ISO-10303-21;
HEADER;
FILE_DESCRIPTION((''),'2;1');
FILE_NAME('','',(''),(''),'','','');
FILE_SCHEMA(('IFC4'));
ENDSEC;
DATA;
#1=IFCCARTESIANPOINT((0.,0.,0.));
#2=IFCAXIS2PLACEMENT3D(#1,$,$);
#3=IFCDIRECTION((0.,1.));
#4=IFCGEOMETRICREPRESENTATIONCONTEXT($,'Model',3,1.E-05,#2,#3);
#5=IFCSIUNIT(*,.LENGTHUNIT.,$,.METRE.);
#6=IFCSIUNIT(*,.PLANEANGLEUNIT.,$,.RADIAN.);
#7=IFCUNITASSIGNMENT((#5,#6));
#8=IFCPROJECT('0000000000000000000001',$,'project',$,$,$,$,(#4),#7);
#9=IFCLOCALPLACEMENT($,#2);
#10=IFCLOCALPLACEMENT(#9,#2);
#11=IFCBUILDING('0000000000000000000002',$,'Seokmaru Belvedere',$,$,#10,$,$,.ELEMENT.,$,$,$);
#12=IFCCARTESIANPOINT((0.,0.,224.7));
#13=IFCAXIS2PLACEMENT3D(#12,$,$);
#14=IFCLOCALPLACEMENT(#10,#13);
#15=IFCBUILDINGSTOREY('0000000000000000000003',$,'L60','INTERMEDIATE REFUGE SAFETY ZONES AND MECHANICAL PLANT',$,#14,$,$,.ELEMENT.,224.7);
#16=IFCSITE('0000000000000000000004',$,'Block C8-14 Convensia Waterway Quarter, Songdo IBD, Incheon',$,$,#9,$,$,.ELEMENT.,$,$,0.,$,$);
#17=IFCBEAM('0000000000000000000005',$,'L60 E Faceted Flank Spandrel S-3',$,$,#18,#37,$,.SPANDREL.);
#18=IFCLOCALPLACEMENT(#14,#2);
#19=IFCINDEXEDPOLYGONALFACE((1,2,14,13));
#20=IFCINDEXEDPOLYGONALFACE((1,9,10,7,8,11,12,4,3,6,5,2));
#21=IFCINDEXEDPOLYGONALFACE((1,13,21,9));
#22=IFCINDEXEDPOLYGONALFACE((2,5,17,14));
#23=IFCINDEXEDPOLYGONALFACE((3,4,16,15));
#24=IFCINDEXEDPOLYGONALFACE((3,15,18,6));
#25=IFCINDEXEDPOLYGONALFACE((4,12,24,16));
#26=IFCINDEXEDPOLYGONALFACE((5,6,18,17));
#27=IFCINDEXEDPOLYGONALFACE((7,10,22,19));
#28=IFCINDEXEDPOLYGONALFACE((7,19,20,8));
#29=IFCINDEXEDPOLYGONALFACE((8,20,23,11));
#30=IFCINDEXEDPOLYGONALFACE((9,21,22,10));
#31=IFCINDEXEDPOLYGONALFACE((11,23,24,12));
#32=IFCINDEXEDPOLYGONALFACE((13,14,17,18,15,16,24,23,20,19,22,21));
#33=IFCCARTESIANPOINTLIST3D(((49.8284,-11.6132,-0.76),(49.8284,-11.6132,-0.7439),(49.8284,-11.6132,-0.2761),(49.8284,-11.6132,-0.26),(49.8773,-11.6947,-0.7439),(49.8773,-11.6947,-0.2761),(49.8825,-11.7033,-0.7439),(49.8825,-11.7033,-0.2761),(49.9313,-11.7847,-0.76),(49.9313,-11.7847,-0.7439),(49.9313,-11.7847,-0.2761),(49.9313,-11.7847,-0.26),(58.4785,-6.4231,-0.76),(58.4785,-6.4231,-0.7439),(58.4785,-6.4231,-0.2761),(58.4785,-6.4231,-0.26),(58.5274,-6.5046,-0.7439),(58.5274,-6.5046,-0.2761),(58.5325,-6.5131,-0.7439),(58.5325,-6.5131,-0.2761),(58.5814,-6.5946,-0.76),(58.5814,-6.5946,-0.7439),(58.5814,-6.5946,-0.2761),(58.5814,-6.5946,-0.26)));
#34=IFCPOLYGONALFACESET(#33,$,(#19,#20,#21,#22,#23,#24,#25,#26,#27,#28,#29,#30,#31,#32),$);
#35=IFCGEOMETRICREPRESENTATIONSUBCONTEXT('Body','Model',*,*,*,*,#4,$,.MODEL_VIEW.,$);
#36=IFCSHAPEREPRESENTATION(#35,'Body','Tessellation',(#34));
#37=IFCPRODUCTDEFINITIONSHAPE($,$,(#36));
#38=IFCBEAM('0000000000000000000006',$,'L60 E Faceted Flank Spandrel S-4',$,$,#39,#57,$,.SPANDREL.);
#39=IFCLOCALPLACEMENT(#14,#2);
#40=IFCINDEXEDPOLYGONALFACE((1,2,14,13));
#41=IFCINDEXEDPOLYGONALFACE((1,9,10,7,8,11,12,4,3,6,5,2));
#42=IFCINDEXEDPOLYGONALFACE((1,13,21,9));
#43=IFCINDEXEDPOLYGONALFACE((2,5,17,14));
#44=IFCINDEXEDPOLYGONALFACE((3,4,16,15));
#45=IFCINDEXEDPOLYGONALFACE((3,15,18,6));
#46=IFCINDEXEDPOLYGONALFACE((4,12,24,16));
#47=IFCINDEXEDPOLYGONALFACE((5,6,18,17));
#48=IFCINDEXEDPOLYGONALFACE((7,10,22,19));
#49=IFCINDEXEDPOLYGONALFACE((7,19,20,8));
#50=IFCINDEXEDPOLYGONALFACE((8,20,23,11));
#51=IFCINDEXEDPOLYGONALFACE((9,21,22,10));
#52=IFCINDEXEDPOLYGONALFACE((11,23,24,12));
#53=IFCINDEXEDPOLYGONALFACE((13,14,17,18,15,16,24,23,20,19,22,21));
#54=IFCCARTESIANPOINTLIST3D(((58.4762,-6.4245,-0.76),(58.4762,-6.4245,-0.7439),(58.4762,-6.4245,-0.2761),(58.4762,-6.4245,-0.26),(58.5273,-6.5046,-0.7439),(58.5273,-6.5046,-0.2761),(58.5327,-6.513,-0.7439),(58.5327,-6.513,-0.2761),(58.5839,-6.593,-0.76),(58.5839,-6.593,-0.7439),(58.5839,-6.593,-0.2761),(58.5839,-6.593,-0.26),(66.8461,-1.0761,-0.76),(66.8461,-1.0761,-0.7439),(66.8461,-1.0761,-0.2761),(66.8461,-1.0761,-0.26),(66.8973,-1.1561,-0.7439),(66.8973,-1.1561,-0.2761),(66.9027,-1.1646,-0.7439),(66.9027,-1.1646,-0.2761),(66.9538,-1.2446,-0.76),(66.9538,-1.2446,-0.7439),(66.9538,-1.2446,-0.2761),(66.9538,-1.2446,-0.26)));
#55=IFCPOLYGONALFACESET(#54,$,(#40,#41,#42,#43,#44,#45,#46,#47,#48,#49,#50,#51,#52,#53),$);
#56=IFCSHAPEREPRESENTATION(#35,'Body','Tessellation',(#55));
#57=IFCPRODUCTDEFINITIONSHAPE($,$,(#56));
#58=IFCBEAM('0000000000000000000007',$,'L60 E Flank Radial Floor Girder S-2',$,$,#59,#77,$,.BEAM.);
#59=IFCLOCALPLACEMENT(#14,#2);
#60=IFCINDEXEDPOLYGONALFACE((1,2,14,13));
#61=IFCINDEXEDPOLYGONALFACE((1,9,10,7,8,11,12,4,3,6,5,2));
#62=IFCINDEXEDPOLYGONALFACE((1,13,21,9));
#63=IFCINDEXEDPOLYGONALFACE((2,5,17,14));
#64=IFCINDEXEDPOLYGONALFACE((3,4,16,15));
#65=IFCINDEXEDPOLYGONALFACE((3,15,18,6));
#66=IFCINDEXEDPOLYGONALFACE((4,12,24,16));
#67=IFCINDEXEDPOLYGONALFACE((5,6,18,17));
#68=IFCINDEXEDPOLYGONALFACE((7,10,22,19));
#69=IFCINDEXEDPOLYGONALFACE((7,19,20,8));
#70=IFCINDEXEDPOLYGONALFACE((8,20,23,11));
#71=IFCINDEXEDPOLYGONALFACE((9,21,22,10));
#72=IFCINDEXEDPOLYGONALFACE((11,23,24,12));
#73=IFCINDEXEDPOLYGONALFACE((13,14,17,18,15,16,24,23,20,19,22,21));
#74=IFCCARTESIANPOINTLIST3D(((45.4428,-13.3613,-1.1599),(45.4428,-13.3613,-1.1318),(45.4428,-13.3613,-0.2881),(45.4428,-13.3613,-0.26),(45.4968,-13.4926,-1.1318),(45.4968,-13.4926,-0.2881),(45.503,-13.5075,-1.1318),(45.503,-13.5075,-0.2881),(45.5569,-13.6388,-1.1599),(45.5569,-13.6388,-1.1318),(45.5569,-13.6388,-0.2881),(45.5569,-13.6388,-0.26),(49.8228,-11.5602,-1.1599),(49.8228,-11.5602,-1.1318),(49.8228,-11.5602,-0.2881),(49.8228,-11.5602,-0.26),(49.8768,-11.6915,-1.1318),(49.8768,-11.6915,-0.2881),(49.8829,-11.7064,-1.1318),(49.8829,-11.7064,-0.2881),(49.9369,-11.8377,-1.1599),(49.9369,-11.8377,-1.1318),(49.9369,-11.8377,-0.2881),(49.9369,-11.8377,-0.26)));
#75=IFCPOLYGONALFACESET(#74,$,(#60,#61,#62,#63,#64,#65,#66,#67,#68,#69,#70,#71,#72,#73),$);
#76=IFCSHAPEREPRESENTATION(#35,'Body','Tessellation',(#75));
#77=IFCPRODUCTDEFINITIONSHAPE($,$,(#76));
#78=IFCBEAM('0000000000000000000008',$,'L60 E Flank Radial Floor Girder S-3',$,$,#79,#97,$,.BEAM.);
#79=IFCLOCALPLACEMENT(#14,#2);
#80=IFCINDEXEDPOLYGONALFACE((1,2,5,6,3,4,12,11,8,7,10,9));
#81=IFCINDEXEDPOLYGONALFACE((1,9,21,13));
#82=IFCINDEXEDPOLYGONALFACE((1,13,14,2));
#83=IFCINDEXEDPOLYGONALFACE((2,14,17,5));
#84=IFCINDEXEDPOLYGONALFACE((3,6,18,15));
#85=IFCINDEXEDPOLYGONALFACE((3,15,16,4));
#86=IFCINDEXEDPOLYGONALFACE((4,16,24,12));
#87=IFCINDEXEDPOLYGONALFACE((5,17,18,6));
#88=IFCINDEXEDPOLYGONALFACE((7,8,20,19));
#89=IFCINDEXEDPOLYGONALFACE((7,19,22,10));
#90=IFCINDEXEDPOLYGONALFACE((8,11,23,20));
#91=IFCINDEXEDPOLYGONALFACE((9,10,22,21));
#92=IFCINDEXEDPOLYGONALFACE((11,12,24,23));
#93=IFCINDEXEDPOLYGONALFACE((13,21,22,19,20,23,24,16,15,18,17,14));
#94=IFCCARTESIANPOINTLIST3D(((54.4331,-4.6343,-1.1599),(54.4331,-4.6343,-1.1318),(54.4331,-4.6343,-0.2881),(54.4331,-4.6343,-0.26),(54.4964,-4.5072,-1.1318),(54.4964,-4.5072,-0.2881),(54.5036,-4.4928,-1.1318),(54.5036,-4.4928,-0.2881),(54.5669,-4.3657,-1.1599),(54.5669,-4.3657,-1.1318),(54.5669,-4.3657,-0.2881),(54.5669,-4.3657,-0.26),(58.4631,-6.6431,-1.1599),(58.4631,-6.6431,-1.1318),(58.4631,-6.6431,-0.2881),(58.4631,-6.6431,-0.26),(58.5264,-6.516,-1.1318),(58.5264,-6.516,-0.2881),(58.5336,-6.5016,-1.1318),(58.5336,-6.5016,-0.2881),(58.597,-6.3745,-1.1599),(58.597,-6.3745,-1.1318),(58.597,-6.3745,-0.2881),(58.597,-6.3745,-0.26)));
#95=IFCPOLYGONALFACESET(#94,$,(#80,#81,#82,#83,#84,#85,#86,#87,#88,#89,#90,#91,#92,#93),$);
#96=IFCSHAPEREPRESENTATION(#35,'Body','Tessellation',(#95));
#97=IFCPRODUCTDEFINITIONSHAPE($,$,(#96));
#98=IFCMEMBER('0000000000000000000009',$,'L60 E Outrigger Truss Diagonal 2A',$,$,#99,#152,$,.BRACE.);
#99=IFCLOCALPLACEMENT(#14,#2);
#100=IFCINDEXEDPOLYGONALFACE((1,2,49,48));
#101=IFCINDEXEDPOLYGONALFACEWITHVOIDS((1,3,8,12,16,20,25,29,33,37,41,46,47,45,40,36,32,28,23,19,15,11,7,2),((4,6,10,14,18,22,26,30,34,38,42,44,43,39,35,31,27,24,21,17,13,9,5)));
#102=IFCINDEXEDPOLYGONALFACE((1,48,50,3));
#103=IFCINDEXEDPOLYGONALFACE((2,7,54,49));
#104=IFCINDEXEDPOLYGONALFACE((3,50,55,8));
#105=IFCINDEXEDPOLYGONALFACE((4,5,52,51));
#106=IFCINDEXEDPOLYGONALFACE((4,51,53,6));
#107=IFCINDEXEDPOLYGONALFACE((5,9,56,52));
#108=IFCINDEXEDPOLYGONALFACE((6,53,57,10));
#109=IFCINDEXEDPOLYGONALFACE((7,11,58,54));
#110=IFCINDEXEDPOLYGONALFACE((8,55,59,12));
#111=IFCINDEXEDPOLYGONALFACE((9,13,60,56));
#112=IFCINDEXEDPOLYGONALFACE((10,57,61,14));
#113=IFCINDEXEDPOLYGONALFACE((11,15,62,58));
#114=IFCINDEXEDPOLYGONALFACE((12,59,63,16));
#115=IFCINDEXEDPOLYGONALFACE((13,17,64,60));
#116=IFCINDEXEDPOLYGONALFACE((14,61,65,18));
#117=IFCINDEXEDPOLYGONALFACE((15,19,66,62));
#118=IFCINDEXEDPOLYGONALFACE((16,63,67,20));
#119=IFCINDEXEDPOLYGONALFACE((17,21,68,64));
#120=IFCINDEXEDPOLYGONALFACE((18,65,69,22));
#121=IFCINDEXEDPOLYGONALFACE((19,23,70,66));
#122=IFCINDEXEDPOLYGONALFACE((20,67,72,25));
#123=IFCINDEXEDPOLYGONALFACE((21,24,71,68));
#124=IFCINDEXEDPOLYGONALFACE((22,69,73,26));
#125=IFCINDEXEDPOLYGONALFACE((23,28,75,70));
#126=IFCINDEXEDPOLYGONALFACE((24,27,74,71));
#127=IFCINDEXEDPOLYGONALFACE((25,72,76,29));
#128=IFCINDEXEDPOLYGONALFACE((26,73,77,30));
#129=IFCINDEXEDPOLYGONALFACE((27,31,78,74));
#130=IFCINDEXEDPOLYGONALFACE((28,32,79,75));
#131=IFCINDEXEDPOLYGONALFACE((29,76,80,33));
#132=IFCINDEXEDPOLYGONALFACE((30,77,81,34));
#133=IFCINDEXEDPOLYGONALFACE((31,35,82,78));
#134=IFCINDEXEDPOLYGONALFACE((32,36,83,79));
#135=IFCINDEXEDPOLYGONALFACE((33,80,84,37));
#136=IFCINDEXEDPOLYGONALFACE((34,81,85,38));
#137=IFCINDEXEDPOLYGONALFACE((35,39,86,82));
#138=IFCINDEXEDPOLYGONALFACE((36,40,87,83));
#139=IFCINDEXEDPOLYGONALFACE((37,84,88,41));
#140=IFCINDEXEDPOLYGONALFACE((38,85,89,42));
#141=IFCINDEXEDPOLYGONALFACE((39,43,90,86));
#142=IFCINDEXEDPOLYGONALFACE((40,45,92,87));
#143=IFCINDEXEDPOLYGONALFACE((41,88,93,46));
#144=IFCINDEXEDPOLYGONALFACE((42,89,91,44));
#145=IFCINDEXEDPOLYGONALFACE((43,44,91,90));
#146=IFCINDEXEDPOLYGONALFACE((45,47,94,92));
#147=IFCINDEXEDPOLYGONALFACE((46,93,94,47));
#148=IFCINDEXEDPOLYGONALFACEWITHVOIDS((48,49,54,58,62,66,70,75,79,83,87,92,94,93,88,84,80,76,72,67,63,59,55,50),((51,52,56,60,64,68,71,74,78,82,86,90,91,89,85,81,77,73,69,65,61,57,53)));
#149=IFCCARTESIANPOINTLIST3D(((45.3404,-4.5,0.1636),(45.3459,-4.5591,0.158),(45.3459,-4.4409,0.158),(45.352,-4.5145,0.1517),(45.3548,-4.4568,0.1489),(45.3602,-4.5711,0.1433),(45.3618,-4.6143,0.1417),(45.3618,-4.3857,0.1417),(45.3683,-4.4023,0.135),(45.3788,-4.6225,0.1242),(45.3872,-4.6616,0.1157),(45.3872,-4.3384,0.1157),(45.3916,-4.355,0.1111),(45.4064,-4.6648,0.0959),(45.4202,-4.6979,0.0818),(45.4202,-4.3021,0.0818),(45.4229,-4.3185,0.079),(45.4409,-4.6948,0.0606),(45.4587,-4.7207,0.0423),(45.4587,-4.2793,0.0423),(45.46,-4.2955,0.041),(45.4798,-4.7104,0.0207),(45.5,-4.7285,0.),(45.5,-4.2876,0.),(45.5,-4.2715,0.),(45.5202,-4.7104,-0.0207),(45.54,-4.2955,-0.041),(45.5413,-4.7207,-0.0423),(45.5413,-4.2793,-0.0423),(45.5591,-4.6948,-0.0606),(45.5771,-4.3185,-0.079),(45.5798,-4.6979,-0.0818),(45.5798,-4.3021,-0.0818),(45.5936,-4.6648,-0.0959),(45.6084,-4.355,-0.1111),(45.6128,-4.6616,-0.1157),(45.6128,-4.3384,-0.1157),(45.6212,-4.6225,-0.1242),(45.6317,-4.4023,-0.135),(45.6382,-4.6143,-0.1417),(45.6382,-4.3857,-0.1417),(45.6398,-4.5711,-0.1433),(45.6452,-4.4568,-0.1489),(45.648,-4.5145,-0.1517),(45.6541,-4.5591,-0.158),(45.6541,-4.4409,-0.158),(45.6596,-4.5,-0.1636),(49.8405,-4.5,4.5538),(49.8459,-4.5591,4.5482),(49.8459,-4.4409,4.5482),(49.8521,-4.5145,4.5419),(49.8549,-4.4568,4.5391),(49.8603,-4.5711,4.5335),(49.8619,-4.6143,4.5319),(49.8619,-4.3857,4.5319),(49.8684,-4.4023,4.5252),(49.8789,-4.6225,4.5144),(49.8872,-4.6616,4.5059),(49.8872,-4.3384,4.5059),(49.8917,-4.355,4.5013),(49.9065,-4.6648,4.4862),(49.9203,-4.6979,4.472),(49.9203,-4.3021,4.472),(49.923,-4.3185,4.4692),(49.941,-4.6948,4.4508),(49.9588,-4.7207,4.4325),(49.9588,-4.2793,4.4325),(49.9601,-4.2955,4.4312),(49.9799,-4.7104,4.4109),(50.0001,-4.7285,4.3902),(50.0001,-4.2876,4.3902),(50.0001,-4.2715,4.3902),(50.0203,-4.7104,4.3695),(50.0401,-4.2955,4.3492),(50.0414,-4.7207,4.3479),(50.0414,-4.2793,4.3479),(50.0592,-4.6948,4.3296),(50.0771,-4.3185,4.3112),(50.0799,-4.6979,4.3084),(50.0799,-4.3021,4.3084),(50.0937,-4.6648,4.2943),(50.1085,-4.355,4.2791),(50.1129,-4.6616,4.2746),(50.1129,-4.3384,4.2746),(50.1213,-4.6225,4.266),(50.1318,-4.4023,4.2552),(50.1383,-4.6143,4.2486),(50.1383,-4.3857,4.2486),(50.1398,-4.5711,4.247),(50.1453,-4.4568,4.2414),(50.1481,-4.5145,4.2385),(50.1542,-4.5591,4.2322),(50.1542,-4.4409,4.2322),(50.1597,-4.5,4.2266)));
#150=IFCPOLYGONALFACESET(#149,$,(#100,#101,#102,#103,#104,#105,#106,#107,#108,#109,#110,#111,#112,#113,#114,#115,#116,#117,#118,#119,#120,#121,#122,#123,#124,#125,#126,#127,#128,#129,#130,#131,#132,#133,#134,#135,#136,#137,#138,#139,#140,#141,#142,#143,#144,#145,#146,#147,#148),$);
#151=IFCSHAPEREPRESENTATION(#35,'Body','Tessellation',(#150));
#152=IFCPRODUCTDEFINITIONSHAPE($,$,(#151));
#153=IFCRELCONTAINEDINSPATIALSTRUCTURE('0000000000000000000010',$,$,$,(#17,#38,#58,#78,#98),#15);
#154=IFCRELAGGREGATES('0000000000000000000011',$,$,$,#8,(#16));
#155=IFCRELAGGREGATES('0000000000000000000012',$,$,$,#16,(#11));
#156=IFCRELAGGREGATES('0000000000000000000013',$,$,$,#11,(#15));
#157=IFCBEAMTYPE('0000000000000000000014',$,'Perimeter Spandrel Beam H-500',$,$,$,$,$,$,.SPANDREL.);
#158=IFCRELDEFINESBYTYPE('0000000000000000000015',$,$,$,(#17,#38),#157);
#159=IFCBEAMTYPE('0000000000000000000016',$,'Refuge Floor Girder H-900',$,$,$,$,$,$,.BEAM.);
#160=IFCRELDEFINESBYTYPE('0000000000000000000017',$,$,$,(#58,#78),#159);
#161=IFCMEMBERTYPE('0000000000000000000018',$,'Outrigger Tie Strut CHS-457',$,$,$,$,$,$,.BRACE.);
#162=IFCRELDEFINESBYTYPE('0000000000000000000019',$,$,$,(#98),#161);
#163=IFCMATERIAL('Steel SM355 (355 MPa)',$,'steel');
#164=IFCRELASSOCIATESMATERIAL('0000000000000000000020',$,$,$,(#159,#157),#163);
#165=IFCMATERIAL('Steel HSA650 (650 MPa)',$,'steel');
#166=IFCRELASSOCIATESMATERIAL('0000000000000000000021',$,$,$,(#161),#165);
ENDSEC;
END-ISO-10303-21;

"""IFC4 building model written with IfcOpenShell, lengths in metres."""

from ifc_helpers import new_model, si_unit, direction, frame, origin, origin_2d, place, context, subcontext, project, spatial, hollow_circle, i_section, extrude, source, transform, mapped, material, material_profile, profile_set, type_object, type_shapes, element, save


model = new_model("IFC4")

# Units and contexts
model_context = context("Model", 3, precision=1e-05, world=origin(), true_north=direction((0.0, 1.0)))
body_context = subcontext(model_context, "Body", "Model", "MODEL_VIEW")
ifc_project = project(units=[si_unit("LENGTHUNIT", "METRE"), si_unit("PLANEANGLEUNIT", "RADIAN")], contexts=[model_context])

# Site, building, storey
site_placement = place(None, origin())
site = spatial("IfcSite", under=ifc_project, at=site_placement, Name="Block C8-14 Convensia Waterway Quarter, Songdo IBD, Incheon", CompositionType="ELEMENT", RefElevation=0.0)
building_placement = place(site_placement, origin())
building = spatial("IfcBuilding", under=site, at=building_placement, Name="Seokmaru Belvedere", CompositionType="ELEMENT")
storey_placement = place(building_placement, frame((0.0, 0.0, 224.7)))
storey = spatial("IfcBuildingStorey", under=building, at=storey_placement, Name="L60", Description="INTERMEDIATE REFUGE SAFETY ZONES AND MECHANICAL PLANT", CompositionType="ELEMENT", Elevation=224.7)

# Shared definitions
ifc_material_1 = material(Name="Steel SM355 (355 MPa)", Category="steel")

# Beams
ifc_material_profile_1 = material_profile(ifc_material_1, i_section(OverallWidth=0.3, OverallDepth=0.8999, WebThickness=0.0161, FlangeThickness=0.0281, at=origin_2d()), Name="H-900x300x16x28")
ifc_profile_set_1 = profile_set([ifc_material_profile_1], Name="Steel SM355 (355 MPa)")
beam_type_1 = type_object("IfcBeamType", Name="Refuge Floor Girder H-900", PredefinedType="BEAM", material=ifc_profile_set_1)
ifc_material_profile_2 = material_profile(ifc_material_1, i_section(OverallWidth=0.2, OverallDepth=0.5, WebThickness=0.01, FlangeThickness=0.0161, at=origin_2d()), Name="H-500x200x10x16")
ifc_profile_set_2 = profile_set([ifc_material_profile_2], Name="Steel SM355 (355 MPa)")
beam_type_2 = type_object("IfcBeamType", Name="Perimeter Spandrel Beam H-500", PredefinedType="SPANDREL", material=ifc_profile_set_2)
shared_shape_1 = source(origin(), body_context, "Body", "SweptSolid", [
    extrude(i_section(OverallWidth=0.2, OverallDepth=0.5, WebThickness=0.01, FlangeThickness=0.0161, at=origin_2d()), origin(), (0.0, 0.0, 1.0), 10.0876),
])
beam_1_placement = place(storey_placement, frame((49.8799, -11.699, -0.51), z_axis=(0.857489, 0.514503, 0.0), x_axis=(-0.514503, 0.857489, 0.0)))
element("IfcBeam", 1, at=beam_1_placement, inside=storey, type_object=beam_type_2, Name="L60 E Faceted Flank Spandrel S-3", PredefinedType="SPANDREL", context=body_context, shape_type="MappedRepresentation", body=[
    mapped(shared_shape_1, transform((0.0, 0.0, 0.0), scale=1.0)),
])
shared_shape_2 = source(origin(), body_context, "Body", "SweptSolid", [
    extrude(i_section(OverallWidth=0.2, OverallDepth=0.5, WebThickness=0.01, FlangeThickness=0.0161, at=origin_2d()), origin(), (0.0, 0.0, 1.0), 9.9329),
])
type_shapes(beam_type_2, [shared_shape_1, shared_shape_2])
beam_2_placement = place(storey_placement, frame((58.53, -6.5088, -0.51), z_axis=(0.842652, 0.538459, 0.0), x_axis=(-0.538459, 0.842652, 0.0)))
element("IfcBeam", 2, at=beam_2_placement, inside=storey, type_object=beam_type_2, Name="L60 E Faceted Flank Spandrel S-4", PredefinedType="SPANDREL", context=body_context, shape_type="MappedRepresentation", body=[
    mapped(shared_shape_2, transform((0.0, 0.0, 0.0), scale=1.0)),
])
shared_shape_3 = source(origin(), body_context, "Body", "SweptSolid", [
    extrude(i_section(OverallWidth=0.3, OverallDepth=0.8999, WebThickness=0.0161, FlangeThickness=0.0281, at=origin_2d()), origin(), (0.0, 0.0, 1.0), 4.7358),
])
beam_3_placement = place(storey_placement, frame((49.8799, -11.699, -0.71), z_axis=(-0.924861, -0.380306, 0.0), x_axis=(0.380306, -0.924861, 0.0)))
element("IfcBeam", 3, at=beam_3_placement, inside=storey, type_object=beam_type_1, Name="L60 E Flank Radial Floor Girder S-2", PredefinedType="BEAM", context=body_context, shape_type="MappedRepresentation", body=[
    mapped(shared_shape_3, transform((0.0, 0.0, 0.0), scale=1.0)),
])
shared_shape_4 = source(origin(), body_context, "Body", "SweptSolid", [
    extrude(i_section(OverallWidth=0.3, OverallDepth=0.8999, WebThickness=0.0161, FlangeThickness=0.0281, at=origin_2d()), origin(), (0.0, 0.0, 1.0), 4.5029),
])
beam_4_placement = place(storey_placement, frame((58.53, -6.5088, -0.71), z_axis=(-0.89498, 0.446107, 0.0), x_axis=(-0.446107, -0.89498, 0.0)))
element("IfcBeam", 4, at=beam_4_placement, inside=storey, type_object=beam_type_1, Name="L60 E Flank Radial Floor Girder S-3", PredefinedType="BEAM", context=body_context, shape_type="MappedRepresentation", body=[
    mapped(shared_shape_4, transform((0.0, 0.0, 0.0), scale=1.0)),
])

# Member
ifc_material_2 = material(Name="Steel HSA650 (650 MPa)", Category="steel")
ifc_material_profile_3 = material_profile(ifc_material_2, hollow_circle(Radius=0.2285, WallThickness=0.0161, at=origin_2d()), Name="CHS-457.2x16.0")
ifc_profile_set_3 = profile_set([ifc_material_profile_3], Name="Steel HSA650 (650 MPa)")
member_type_1 = type_object("IfcMemberType", Name="Outrigger Tie Strut CHS-457", PredefinedType="BRACE", material=ifc_profile_set_3)
shared_shape_5 = source(origin(), body_context, "Body", "SweptSolid", [
    extrude(hollow_circle(Radius=0.2285, WallThickness=0.0161, at=origin_2d()), origin(), (0.0, 0.0, 1.0), 6.2869),
])
type_shapes(member_type_1, [shared_shape_5])
for number, where, z_axis, x_axis, name in (
    (5, (45.5, -4.5, 0.0), (0.71579, 0.0, 0.698315), (0.0, 1.0, 0.0), "L60 E Outrigger Truss Diagonal 2A"),
):
    element("IfcMember", number, at=place(storey_placement, frame(where, z_axis=z_axis, x_axis=x_axis)), inside=storey, type_object=member_type_1, Name=name, PredefinedType="BRACE", context=body_context, shape_type="MappedRepresentation", body=[
        mapped(shared_shape_5, transform((0.0, 0.0, 0.0), scale=1.0)),
    ])

save(model, "model.ifc")
